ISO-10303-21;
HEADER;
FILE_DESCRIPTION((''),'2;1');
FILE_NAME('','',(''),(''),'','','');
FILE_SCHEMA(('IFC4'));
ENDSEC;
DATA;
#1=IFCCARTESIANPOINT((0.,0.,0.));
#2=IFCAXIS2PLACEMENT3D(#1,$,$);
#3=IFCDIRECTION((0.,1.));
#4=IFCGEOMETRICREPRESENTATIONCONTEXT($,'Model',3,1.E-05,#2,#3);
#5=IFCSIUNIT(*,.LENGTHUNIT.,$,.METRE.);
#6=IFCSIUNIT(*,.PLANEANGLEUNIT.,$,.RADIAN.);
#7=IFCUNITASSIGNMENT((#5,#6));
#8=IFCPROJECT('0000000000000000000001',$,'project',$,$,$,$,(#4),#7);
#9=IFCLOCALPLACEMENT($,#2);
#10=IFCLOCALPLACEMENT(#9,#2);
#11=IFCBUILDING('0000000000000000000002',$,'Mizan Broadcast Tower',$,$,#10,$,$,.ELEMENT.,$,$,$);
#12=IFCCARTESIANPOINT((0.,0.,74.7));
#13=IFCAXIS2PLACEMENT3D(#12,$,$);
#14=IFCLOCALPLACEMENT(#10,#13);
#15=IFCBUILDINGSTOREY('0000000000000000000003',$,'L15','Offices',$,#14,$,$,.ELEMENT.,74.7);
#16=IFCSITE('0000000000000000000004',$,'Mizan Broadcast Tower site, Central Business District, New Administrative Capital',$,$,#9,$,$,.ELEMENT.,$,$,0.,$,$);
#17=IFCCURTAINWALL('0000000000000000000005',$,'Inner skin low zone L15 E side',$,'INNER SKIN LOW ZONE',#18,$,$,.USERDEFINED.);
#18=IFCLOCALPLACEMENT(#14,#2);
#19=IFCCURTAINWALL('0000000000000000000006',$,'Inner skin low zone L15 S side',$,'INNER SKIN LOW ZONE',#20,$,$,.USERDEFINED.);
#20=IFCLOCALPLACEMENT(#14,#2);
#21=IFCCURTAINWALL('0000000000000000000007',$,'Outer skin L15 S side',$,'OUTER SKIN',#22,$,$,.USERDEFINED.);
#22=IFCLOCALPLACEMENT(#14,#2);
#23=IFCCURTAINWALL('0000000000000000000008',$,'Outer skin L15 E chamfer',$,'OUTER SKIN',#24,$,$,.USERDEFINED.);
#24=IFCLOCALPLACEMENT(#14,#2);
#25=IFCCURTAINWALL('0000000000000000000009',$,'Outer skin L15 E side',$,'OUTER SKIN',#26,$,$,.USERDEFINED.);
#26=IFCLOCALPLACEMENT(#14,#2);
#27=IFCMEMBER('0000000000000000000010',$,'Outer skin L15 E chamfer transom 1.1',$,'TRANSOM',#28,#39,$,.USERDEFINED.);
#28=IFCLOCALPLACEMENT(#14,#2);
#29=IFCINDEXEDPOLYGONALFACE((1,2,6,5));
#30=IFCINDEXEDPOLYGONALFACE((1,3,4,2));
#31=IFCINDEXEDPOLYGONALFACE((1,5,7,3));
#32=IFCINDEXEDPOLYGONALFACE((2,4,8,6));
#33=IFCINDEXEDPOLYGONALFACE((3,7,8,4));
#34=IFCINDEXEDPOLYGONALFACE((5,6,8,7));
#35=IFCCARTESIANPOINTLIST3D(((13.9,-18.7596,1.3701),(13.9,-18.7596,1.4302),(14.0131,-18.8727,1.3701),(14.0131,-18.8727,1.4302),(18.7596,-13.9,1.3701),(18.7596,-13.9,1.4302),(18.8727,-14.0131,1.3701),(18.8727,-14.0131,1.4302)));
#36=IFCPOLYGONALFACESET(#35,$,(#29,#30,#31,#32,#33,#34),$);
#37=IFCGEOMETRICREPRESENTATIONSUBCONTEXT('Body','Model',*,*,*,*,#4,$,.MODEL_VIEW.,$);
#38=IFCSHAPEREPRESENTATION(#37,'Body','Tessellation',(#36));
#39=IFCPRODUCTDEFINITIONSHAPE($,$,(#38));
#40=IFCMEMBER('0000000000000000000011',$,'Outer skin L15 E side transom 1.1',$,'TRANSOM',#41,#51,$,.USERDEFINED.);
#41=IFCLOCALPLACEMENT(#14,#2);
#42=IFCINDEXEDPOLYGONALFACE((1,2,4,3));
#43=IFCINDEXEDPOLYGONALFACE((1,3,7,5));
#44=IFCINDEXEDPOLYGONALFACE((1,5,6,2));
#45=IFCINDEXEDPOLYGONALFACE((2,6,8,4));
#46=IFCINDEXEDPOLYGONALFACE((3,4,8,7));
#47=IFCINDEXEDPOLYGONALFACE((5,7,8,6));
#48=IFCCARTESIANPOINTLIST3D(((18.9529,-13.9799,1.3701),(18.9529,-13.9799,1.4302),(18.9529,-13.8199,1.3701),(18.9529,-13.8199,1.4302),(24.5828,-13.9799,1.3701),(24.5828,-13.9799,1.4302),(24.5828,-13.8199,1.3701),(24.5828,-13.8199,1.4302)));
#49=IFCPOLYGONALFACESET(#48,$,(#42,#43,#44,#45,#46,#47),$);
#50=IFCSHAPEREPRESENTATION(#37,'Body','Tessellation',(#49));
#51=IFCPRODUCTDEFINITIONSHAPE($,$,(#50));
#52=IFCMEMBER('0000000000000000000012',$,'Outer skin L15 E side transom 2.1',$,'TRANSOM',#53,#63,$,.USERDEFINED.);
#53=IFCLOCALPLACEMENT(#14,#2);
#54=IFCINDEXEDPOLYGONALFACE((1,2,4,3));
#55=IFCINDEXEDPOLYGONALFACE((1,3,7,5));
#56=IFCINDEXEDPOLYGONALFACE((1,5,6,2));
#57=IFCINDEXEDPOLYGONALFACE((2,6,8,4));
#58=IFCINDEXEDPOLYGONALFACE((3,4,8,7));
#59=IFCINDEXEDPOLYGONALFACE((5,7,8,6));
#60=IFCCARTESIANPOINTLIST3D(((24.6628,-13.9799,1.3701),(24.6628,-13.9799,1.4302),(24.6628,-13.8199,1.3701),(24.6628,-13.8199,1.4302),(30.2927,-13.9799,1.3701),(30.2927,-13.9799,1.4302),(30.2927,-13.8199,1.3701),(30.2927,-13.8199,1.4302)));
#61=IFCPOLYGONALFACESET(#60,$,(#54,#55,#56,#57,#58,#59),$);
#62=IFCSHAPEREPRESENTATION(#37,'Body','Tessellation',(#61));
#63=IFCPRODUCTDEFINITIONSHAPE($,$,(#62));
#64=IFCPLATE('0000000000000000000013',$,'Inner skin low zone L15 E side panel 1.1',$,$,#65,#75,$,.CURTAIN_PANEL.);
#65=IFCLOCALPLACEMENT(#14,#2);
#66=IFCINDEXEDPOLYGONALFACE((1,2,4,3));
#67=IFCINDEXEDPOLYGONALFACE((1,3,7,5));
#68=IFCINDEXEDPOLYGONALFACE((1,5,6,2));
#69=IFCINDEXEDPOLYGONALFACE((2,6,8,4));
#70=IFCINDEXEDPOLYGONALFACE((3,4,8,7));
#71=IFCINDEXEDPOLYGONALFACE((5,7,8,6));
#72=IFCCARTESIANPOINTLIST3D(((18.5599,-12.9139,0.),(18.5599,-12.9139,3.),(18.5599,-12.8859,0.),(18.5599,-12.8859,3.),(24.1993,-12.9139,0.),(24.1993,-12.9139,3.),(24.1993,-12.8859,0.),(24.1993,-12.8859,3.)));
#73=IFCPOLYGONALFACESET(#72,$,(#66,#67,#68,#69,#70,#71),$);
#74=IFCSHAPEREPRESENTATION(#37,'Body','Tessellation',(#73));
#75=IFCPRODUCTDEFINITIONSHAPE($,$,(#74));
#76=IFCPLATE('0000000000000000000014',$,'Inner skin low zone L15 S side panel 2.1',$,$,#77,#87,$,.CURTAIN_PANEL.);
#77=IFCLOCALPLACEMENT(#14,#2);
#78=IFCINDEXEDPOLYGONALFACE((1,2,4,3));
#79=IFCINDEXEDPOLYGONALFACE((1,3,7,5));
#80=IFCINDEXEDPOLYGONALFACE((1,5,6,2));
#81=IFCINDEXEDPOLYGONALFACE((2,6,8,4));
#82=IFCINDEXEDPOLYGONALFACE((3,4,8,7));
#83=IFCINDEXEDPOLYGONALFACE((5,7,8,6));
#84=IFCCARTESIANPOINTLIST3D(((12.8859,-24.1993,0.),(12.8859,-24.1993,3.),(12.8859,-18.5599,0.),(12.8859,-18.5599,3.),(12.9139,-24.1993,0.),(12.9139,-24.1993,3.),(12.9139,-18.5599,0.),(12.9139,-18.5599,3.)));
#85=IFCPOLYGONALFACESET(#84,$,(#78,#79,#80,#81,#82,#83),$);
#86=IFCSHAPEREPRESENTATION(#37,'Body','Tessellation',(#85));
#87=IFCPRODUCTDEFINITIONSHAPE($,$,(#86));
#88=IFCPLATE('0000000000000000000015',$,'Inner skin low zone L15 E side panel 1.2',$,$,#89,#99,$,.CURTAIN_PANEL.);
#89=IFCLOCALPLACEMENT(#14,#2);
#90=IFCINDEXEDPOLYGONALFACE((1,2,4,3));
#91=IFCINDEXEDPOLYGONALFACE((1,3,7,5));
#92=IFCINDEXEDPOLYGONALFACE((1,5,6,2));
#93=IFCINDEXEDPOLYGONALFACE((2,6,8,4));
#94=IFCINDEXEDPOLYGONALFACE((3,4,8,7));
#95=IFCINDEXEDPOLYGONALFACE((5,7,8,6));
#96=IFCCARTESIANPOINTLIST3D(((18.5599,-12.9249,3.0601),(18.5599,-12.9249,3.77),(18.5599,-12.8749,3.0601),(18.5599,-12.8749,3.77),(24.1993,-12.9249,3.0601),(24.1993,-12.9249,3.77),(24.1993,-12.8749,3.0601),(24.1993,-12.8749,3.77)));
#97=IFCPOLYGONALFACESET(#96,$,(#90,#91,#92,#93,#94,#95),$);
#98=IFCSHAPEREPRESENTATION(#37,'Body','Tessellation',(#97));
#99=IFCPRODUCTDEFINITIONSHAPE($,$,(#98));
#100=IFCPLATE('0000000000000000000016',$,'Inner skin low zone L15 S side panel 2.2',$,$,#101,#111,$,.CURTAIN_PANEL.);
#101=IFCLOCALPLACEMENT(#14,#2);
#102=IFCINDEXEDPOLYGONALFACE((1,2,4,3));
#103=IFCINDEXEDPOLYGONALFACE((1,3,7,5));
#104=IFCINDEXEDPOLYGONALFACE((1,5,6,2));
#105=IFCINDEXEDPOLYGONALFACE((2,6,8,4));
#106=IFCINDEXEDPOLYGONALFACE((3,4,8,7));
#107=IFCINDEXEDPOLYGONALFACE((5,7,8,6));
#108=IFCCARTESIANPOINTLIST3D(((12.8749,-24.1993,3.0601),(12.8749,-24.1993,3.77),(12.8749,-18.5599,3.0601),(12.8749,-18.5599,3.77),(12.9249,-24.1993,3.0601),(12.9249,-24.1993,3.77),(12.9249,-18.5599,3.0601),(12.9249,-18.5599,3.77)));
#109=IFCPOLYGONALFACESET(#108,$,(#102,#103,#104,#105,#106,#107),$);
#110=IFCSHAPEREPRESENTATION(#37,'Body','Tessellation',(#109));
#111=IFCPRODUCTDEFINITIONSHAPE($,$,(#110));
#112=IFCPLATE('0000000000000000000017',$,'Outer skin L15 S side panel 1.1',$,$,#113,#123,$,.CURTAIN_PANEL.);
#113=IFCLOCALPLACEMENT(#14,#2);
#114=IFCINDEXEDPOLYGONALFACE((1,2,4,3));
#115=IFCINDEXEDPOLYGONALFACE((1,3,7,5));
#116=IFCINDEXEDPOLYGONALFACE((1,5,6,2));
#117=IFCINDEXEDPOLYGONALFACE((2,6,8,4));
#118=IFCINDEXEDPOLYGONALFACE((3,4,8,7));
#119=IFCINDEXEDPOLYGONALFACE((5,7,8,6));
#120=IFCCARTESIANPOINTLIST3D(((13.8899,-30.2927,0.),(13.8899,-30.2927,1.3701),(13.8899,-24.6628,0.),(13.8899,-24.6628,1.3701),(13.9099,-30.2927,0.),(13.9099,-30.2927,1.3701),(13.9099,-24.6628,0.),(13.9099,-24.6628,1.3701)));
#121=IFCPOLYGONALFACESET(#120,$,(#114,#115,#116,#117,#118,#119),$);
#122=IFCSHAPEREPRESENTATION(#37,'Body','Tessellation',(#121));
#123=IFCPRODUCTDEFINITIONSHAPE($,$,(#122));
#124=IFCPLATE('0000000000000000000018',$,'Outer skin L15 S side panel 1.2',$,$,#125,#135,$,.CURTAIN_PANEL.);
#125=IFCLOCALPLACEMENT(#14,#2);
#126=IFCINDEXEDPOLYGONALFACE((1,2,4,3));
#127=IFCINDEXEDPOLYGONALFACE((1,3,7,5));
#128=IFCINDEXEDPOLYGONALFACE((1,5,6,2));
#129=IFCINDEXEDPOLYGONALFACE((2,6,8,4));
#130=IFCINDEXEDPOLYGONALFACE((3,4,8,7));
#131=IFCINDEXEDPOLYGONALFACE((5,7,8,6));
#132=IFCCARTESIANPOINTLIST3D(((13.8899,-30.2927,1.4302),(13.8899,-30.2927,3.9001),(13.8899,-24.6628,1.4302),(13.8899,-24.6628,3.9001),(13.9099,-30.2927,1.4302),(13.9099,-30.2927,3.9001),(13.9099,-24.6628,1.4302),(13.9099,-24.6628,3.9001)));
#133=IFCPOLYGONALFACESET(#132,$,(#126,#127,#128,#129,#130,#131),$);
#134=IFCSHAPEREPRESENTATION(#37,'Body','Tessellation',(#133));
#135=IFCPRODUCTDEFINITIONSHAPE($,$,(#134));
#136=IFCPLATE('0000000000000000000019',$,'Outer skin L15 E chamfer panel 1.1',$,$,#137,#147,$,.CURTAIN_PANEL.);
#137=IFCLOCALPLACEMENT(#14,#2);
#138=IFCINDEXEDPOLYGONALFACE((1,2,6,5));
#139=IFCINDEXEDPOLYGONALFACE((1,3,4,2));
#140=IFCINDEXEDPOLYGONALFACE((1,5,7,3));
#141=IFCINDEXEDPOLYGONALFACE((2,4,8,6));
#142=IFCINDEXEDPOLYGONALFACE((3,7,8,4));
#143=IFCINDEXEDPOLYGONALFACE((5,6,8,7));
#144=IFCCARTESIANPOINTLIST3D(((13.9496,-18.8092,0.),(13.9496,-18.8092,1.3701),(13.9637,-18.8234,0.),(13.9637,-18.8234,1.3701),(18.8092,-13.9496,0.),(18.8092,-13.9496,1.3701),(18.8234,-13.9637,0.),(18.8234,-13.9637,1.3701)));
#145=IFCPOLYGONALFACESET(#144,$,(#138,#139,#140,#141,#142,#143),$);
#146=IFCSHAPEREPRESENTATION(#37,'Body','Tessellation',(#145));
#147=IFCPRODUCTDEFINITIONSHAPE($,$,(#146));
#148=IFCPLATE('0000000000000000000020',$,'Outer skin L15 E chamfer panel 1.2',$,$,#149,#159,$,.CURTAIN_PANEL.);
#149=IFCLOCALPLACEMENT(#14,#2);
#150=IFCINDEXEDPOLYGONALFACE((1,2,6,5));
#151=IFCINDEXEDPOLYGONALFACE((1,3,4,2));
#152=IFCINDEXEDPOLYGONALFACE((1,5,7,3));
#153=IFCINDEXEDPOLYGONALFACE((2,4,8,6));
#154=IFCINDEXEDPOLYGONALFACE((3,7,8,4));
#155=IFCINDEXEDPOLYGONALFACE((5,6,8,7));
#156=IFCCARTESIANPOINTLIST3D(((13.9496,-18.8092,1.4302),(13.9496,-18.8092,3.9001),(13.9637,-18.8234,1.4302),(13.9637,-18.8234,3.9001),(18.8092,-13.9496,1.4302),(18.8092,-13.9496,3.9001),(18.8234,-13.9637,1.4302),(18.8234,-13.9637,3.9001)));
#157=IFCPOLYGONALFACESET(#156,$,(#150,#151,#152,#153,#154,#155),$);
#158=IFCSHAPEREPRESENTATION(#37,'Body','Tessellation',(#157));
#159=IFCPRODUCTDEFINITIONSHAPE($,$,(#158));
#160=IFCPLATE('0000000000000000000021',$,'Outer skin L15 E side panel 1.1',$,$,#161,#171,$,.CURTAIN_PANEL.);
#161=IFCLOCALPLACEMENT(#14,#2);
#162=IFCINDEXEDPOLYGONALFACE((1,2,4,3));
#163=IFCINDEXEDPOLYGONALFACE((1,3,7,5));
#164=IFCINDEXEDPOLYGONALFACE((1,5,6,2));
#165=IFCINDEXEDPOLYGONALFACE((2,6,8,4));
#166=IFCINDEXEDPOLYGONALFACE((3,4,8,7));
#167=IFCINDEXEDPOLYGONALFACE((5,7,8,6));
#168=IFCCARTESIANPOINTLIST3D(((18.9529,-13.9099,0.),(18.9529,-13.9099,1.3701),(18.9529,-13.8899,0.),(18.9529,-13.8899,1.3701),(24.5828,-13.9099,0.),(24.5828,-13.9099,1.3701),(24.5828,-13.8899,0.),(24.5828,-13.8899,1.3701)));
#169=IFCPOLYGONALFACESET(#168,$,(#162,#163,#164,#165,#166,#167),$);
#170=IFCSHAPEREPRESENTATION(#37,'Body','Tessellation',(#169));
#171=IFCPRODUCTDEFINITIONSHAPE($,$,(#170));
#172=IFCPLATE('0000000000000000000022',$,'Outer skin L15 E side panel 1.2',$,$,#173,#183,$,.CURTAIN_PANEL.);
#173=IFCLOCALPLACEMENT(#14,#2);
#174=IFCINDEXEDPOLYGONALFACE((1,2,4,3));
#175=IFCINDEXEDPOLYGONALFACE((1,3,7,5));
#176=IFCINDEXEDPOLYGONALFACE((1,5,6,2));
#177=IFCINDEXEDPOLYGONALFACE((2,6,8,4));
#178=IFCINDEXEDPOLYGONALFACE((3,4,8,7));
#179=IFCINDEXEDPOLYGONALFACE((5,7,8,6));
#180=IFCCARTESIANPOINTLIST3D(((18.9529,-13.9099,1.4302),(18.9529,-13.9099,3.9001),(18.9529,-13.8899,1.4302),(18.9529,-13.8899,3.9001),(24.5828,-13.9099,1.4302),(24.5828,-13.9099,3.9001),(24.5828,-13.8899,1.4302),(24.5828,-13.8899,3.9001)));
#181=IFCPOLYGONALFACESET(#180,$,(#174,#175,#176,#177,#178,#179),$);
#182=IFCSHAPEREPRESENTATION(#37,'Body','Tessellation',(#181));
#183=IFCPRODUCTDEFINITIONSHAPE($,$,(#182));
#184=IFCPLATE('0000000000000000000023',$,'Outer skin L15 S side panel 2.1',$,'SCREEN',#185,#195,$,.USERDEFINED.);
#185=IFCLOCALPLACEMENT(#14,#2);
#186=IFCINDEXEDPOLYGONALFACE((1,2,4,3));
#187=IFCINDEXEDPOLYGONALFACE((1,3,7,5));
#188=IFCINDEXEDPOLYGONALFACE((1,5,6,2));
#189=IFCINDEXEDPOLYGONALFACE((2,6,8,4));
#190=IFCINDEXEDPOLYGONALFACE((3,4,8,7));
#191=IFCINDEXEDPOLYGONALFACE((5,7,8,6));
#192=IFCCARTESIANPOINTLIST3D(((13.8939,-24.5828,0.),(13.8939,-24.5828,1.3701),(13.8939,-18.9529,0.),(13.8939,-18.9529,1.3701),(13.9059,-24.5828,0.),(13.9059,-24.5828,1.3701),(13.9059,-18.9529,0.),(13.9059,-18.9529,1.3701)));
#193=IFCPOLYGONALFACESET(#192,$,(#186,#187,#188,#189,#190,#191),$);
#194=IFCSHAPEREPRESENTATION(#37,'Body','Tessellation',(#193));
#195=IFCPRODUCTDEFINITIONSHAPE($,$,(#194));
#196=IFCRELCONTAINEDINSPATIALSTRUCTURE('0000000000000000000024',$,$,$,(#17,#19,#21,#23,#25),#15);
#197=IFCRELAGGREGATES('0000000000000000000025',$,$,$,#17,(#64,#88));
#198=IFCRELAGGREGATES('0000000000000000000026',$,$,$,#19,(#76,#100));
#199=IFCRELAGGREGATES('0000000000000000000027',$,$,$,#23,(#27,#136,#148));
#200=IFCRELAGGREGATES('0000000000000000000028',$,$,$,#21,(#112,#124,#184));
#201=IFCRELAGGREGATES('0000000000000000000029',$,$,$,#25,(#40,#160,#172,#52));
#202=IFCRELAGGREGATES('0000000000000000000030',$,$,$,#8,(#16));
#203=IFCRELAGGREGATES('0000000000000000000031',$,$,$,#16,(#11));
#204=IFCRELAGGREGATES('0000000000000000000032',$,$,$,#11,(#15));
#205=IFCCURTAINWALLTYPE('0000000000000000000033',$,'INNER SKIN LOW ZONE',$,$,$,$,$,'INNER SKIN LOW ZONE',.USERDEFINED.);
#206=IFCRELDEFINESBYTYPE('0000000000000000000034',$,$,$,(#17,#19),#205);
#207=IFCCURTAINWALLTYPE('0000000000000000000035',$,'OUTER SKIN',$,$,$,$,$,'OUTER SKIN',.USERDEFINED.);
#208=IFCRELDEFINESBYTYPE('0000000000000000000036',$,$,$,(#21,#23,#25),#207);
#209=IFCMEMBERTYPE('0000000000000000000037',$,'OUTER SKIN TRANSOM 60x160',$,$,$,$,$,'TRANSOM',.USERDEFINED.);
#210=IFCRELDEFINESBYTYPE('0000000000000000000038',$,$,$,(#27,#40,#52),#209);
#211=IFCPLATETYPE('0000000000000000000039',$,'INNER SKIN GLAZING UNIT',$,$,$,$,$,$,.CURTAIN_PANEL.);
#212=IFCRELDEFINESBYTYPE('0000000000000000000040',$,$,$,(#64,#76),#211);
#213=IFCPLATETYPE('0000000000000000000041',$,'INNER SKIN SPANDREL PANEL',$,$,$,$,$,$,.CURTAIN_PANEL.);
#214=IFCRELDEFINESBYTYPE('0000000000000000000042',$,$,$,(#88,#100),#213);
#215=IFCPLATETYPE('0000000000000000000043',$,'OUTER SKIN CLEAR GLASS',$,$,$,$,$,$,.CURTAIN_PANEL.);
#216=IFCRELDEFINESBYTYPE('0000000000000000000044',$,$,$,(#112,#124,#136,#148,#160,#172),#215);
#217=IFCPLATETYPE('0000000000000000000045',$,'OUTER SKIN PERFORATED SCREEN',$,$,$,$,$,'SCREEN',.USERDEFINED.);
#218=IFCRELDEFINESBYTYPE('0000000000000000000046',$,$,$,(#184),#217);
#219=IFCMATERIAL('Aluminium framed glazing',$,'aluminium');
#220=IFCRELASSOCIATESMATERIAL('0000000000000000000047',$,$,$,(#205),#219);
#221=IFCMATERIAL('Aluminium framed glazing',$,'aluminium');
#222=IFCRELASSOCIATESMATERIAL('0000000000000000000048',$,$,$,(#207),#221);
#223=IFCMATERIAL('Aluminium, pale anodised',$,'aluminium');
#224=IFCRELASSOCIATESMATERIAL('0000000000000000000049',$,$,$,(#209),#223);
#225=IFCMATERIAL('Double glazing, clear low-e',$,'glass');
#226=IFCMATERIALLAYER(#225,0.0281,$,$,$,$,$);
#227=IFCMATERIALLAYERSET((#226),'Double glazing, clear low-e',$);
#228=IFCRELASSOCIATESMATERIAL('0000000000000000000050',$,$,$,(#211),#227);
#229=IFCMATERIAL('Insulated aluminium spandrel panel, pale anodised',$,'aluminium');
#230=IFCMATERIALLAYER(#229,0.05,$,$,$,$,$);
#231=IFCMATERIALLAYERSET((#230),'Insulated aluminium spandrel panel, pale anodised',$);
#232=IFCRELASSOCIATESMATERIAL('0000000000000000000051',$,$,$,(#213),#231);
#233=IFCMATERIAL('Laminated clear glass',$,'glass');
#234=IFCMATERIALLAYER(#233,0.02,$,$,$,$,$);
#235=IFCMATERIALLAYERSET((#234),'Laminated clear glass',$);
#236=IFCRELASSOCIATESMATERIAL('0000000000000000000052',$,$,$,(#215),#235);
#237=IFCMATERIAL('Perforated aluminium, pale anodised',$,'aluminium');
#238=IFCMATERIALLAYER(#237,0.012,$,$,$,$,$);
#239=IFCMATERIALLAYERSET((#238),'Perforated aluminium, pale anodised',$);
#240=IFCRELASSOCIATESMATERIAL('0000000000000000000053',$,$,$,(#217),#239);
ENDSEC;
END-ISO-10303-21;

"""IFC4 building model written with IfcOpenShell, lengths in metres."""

from ifc_helpers import new_model, si_unit, direction, frame, origin, origin_2d, place, context, subcontext, project, spatial, rectangle, extrude, material, layer, layer_set, material_profile, profile_set, type_object, element, aggregate, save


model = new_model("IFC4")

# Units and contexts
model_context = context("Model", 3, precision=1e-05, world=origin(), true_north=direction((0.0, 1.0)))
body_context = subcontext(model_context, "Body", "Model", "MODEL_VIEW")
ifc_project = project(units=[si_unit("LENGTHUNIT", "METRE"), si_unit("PLANEANGLEUNIT", "RADIAN")], contexts=[model_context])

# Site, building, storey
site_placement = place(None, origin())
site = spatial("IfcSite", under=ifc_project, at=site_placement, Name="Mizan Broadcast Tower site, Central Business District, New Administrative Capital", CompositionType="ELEMENT", RefElevation=0.0)
building_placement = place(site_placement, origin())
building = spatial("IfcBuilding", under=site, at=building_placement, Name="Mizan Broadcast Tower", CompositionType="ELEMENT")
storey_placement = place(building_placement, frame((0.0, 0.0, 74.7)))
storey = spatial("IfcBuildingStorey", under=building, at=storey_placement, Name="L15", Description="Offices", CompositionType="ELEMENT", Elevation=74.7)

# Curtain walls
ifc_material_1 = material(Name="Aluminium framed glazing", Category="aluminium")
curtain_wall_type_1 = type_object("IfcCurtainWallType", Name="INNER SKIN LOW ZONE", ElementType="INNER SKIN LOW ZONE", PredefinedType="USERDEFINED", material=ifc_material_1)
curtain_wall_1_placement = place(storey_placement, origin())
curtain_wall_1 = element("IfcCurtainWall", 1, at=curtain_wall_1_placement, inside=storey, type_object=curtain_wall_type_1, Name="Inner skin low zone L15 E side", ObjectType="INNER SKIN LOW ZONE", PredefinedType="USERDEFINED")
curtain_wall_2_placement = place(storey_placement, origin())
curtain_wall_2 = element("IfcCurtainWall", 2, at=curtain_wall_2_placement, inside=storey, type_object=curtain_wall_type_1, Name="Inner skin low zone L15 S side", ObjectType="INNER SKIN LOW ZONE", PredefinedType="USERDEFINED")

# Shared definitions
ifc_material_2 = material(Name="Aluminium framed glazing", Category="aluminium")
curtain_wall_type_2 = type_object("IfcCurtainWallType", Name="OUTER SKIN", ElementType="OUTER SKIN", PredefinedType="USERDEFINED", material=ifc_material_2)

# Curtain wall
curtain_wall_3_placement = place(storey_placement, origin())
curtain_wall_3 = element("IfcCurtainWall", 3, at=curtain_wall_3_placement, inside=storey, type_object=curtain_wall_type_2, Name="Outer skin L15 S side", ObjectType="OUTER SKIN", PredefinedType="USERDEFINED")

# Curtain wall
curtain_wall_4_placement = place(storey_placement, origin())
curtain_wall_4 = element("IfcCurtainWall", 4, at=curtain_wall_4_placement, inside=storey, type_object=curtain_wall_type_2, Name="Outer skin L15 E chamfer", ObjectType="OUTER SKIN", PredefinedType="USERDEFINED")

# Curtain wall
curtain_wall_5_placement = place(storey_placement, origin())
curtain_wall_5 = element("IfcCurtainWall", 5, at=curtain_wall_5_placement, inside=storey, type_object=curtain_wall_type_2, Name="Outer skin L15 E side", ObjectType="OUTER SKIN", PredefinedType="USERDEFINED")

# Shared definitions
ifc_material_3 = material(Name="Aluminium, pale anodised", Category="aluminium")
ifc_material_profile_1 = material_profile(ifc_material_3, rectangle(XDim=0.1599, YDim=0.0601, at=origin_2d()), Name="TRANSOM 160x60")
ifc_profile_set_1 = profile_set([ifc_material_profile_1], Name="Aluminium, pale anodised")
member_type_1 = type_object("IfcMemberType", Name="OUTER SKIN TRANSOM 60x160", ElementType="TRANSOM", PredefinedType="USERDEFINED", material=ifc_profile_set_1)

# Members
member_1_placement = place(storey_placement, frame((13.9565, -18.8162, 1.4001), z_axis=(0.707107, 0.707107, 0.0), x_axis=(-0.707107, 0.707107, 0.0)))
member_1 = element("IfcMember", 6, at=member_1_placement, type_object=member_type_1, Name="Outer skin L15 E chamfer transom 1.1", ObjectType="TRANSOM", PredefinedType="USERDEFINED", context=body_context, shape_type="SweptSolid", body=[
    extrude(rectangle(XDim=0.1599, YDim=0.0601, at=origin_2d()), origin(), (0.0, 0.0, 1.0), 6.8726),
])
member_2_placement = place(storey_placement, frame((18.9529, -13.8999, 1.4001), z_axis=(1.0, 0.0, 0.0), x_axis=(0.0, 1.0, 0.0)))
member_2 = element("IfcMember", 7, at=member_2_placement, type_object=member_type_1, Name="Outer skin L15 E side transom 1.1", ObjectType="TRANSOM", PredefinedType="USERDEFINED", context=body_context, shape_type="SweptSolid", body=[
    extrude(rectangle(XDim=0.1599, YDim=0.0601, at=origin_2d()), origin(), (0.0, 0.0, 1.0), 5.6299),
])
member_3_placement = place(storey_placement, frame((24.6628, -13.8999, 1.4001), z_axis=(1.0, 0.0, 0.0), x_axis=(0.0, 1.0, 0.0)))
member_3 = element("IfcMember", 8, at=member_3_placement, type_object=member_type_1, Name="Outer skin L15 E side transom 2.1", ObjectType="TRANSOM", PredefinedType="USERDEFINED", context=body_context, shape_type="SweptSolid", body=[
    extrude(rectangle(XDim=0.1599, YDim=0.0601, at=origin_2d()), origin(), (0.0, 0.0, 1.0), 5.6299),
])

# Plates
ifc_material_4 = material(Name="Double glazing, clear low-e", Category="glass")
ifc_layer_1 = layer(ifc_material_4, 0.0281)
ifc_layer_set_1 = layer_set([ifc_layer_1], Name="Double glazing, clear low-e")
plate_type_1 = type_object("IfcPlateType", Name="INNER SKIN GLAZING UNIT", PredefinedType="CURTAIN_PANEL", material=ifc_layer_set_1)
plate_1_placement = place(storey_placement, frame((21.3796, -12.8999, 0.0), z_axis=(0.0, 0.0, 1.0), x_axis=(1.0, 0.0, 0.0)))
plate_1 = element("IfcPlate", 9, at=plate_1_placement, type_object=plate_type_1, Name="Inner skin low zone L15 E side panel 1.1", PredefinedType="CURTAIN_PANEL", context=body_context, shape_type="SweptSolid", body=[
    extrude(rectangle(XDim=5.6394, YDim=0.0281, at=origin_2d()), origin(), (0.0, 0.0, 1.0), 3.0),
])
plate_2_placement = place(storey_placement, frame((12.8999, -21.3796, 0.0), z_axis=(0.0, 0.0, 1.0), x_axis=(0.0, 1.0, 0.0)))
plate_2 = element("IfcPlate", 10, at=plate_2_placement, type_object=plate_type_1, Name="Inner skin low zone L15 S side panel 2.1", PredefinedType="CURTAIN_PANEL", context=body_context, shape_type="SweptSolid", body=[
    extrude(rectangle(XDim=5.6394, YDim=0.0281, at=origin_2d()), origin(), (0.0, 0.0, 1.0), 3.0),
])
ifc_material_5 = material(Name="Insulated aluminium spandrel panel, pale anodised", Category="aluminium")
ifc_layer_2 = layer(ifc_material_5, 0.05)
ifc_layer_set_2 = layer_set([ifc_layer_2], Name="Insulated aluminium spandrel panel, pale anodised")
plate_type_2 = type_object("IfcPlateType", Name="INNER SKIN SPANDREL PANEL", PredefinedType="CURTAIN_PANEL", material=ifc_layer_set_2)
plate_3_placement = place(storey_placement, frame((21.3796, -12.8999, 3.0601), z_axis=(0.0, 0.0, 1.0), x_axis=(1.0, 0.0, 0.0)))
plate_3 = element("IfcPlate", 11, at=plate_3_placement, type_object=plate_type_2, Name="Inner skin low zone L15 E side panel 1.2", PredefinedType="CURTAIN_PANEL", context=body_context, shape_type="SweptSolid", body=[
    extrude(rectangle(XDim=5.6394, YDim=0.05, at=origin_2d()), origin(), (0.0, 0.0, 1.0), 0.71),
])
aggregate(curtain_wall_1, [plate_1, plate_3])
plate_4_placement = place(storey_placement, frame((12.8999, -21.3796, 3.0601), z_axis=(0.0, 0.0, 1.0), x_axis=(0.0, 1.0, 0.0)))
plate_4 = element("IfcPlate", 12, at=plate_4_placement, type_object=plate_type_2, Name="Inner skin low zone L15 S side panel 2.2", PredefinedType="CURTAIN_PANEL", context=body_context, shape_type="SweptSolid", body=[
    extrude(rectangle(XDim=5.6394, YDim=0.05, at=origin_2d()), origin(), (0.0, 0.0, 1.0), 0.71),
])
aggregate(curtain_wall_2, [plate_2, plate_4])
ifc_material_6 = material(Name="Laminated clear glass", Category="glass")
ifc_layer_3 = layer(ifc_material_6, 0.02)
ifc_layer_set_3 = layer_set([ifc_layer_3], Name="Laminated clear glass")
plate_type_3 = type_object("IfcPlateType", Name="OUTER SKIN CLEAR GLASS", PredefinedType="CURTAIN_PANEL", material=ifc_layer_set_3)
plate_5_placement = place(storey_placement, frame((13.8999, -27.4778, 0.0), z_axis=(0.0, 0.0, 1.0), x_axis=(0.0, 1.0, 0.0)))
plate_5 = element("IfcPlate", 13, at=plate_5_placement, type_object=plate_type_3, Name="Outer skin L15 S side panel 1.1", PredefinedType="CURTAIN_PANEL", context=body_context, shape_type="SweptSolid", body=[
    extrude(rectangle(XDim=5.6299, YDim=0.02, at=origin_2d()), origin(), (0.0, 0.0, 1.0), 1.3701),
])
plate_6_placement = place(storey_placement, frame((13.8999, -27.4778, 1.4302), z_axis=(0.0, 0.0, 1.0), x_axis=(0.0, 1.0, 0.0)))
plate_6 = element("IfcPlate", 14, at=plate_6_placement, type_object=plate_type_3, Name="Outer skin L15 S side panel 1.2", PredefinedType="CURTAIN_PANEL", context=body_context, shape_type="SweptSolid", body=[
    extrude(rectangle(XDim=5.6299, YDim=0.02, at=origin_2d()), origin(), (0.0, 0.0, 1.0), 2.47),
])
plate_7_placement = place(storey_placement, frame((16.3865, -16.3865, 0.0), z_axis=(0.0, 0.0, 1.0), x_axis=(0.707107, 0.707107, 0.0)))
plate_7 = element("IfcPlate", 15, at=plate_7_placement, type_object=plate_type_3, Name="Outer skin L15 E chamfer panel 1.1", PredefinedType="CURTAIN_PANEL", context=body_context, shape_type="SweptSolid", body=[
    extrude(rectangle(XDim=6.8726, YDim=0.02, at=origin_2d()), origin(), (0.0, 0.0, 1.0), 1.3701),
])
plate_8_placement = place(storey_placement, frame((16.3865, -16.3865, 1.4302), z_axis=(0.0, 0.0, 1.0), x_axis=(0.707107, 0.707107, 0.0)))
plate_8 = element("IfcPlate", 16, at=plate_8_placement, type_object=plate_type_3, Name="Outer skin L15 E chamfer panel 1.2", PredefinedType="CURTAIN_PANEL", context=body_context, shape_type="SweptSolid", body=[
    extrude(rectangle(XDim=6.8726, YDim=0.02, at=origin_2d()), origin(), (0.0, 0.0, 1.0), 2.47),
])
aggregate(curtain_wall_4, [member_1, plate_7, plate_8])
plate_9_placement = place(storey_placement, frame((21.7678, -13.8999, 0.0), z_axis=(0.0, 0.0, 1.0), x_axis=(1.0, 0.0, 0.0)))
plate_9 = element("IfcPlate", 17, at=plate_9_placement, type_object=plate_type_3, Name="Outer skin L15 E side panel 1.1", PredefinedType="CURTAIN_PANEL", context=body_context, shape_type="SweptSolid", body=[
    extrude(rectangle(XDim=5.6299, YDim=0.02, at=origin_2d()), origin(), (0.0, 0.0, 1.0), 1.3701),
])
plate_10_placement = place(storey_placement, frame((21.7678, -13.8999, 1.4302), z_axis=(0.0, 0.0, 1.0), x_axis=(1.0, 0.0, 0.0)))
plate_10 = element("IfcPlate", 18, at=plate_10_placement, type_object=plate_type_3, Name="Outer skin L15 E side panel 1.2", PredefinedType="CURTAIN_PANEL", context=body_context, shape_type="SweptSolid", body=[
    extrude(rectangle(XDim=5.6299, YDim=0.02, at=origin_2d()), origin(), (0.0, 0.0, 1.0), 2.47),
])
ifc_material_7 = material(Name="Perforated aluminium, pale anodised", Category="aluminium")
ifc_layer_4 = layer(ifc_material_7, 0.012)
ifc_layer_set_4 = layer_set([ifc_layer_4], Name="Perforated aluminium, pale anodised")
plate_type_4 = type_object("IfcPlateType", Name="OUTER SKIN PERFORATED SCREEN", ElementType="SCREEN", PredefinedType="USERDEFINED", material=ifc_layer_set_4)
plate_11_placement = place(storey_placement, frame((13.8999, -21.7678, 0.0), z_axis=(0.0, 0.0, 1.0), x_axis=(0.0, 1.0, 0.0)))
plate_11 = element("IfcPlate", 19, at=plate_11_placement, type_object=plate_type_4, Name="Outer skin L15 S side panel 2.1", ObjectType="SCREEN", PredefinedType="USERDEFINED", context=body_context, shape_type="SweptSolid", body=[
    extrude(rectangle(XDim=5.6299, YDim=0.012, at=origin_2d()), origin(), (0.0, 0.0, 1.0), 1.3701),
])
aggregate(curtain_wall_3, [plate_5, plate_6, plate_11])
aggregate(curtain_wall_5, [member_2, plate_9, plate_10, member_3])

save(model, "model.ifc")
